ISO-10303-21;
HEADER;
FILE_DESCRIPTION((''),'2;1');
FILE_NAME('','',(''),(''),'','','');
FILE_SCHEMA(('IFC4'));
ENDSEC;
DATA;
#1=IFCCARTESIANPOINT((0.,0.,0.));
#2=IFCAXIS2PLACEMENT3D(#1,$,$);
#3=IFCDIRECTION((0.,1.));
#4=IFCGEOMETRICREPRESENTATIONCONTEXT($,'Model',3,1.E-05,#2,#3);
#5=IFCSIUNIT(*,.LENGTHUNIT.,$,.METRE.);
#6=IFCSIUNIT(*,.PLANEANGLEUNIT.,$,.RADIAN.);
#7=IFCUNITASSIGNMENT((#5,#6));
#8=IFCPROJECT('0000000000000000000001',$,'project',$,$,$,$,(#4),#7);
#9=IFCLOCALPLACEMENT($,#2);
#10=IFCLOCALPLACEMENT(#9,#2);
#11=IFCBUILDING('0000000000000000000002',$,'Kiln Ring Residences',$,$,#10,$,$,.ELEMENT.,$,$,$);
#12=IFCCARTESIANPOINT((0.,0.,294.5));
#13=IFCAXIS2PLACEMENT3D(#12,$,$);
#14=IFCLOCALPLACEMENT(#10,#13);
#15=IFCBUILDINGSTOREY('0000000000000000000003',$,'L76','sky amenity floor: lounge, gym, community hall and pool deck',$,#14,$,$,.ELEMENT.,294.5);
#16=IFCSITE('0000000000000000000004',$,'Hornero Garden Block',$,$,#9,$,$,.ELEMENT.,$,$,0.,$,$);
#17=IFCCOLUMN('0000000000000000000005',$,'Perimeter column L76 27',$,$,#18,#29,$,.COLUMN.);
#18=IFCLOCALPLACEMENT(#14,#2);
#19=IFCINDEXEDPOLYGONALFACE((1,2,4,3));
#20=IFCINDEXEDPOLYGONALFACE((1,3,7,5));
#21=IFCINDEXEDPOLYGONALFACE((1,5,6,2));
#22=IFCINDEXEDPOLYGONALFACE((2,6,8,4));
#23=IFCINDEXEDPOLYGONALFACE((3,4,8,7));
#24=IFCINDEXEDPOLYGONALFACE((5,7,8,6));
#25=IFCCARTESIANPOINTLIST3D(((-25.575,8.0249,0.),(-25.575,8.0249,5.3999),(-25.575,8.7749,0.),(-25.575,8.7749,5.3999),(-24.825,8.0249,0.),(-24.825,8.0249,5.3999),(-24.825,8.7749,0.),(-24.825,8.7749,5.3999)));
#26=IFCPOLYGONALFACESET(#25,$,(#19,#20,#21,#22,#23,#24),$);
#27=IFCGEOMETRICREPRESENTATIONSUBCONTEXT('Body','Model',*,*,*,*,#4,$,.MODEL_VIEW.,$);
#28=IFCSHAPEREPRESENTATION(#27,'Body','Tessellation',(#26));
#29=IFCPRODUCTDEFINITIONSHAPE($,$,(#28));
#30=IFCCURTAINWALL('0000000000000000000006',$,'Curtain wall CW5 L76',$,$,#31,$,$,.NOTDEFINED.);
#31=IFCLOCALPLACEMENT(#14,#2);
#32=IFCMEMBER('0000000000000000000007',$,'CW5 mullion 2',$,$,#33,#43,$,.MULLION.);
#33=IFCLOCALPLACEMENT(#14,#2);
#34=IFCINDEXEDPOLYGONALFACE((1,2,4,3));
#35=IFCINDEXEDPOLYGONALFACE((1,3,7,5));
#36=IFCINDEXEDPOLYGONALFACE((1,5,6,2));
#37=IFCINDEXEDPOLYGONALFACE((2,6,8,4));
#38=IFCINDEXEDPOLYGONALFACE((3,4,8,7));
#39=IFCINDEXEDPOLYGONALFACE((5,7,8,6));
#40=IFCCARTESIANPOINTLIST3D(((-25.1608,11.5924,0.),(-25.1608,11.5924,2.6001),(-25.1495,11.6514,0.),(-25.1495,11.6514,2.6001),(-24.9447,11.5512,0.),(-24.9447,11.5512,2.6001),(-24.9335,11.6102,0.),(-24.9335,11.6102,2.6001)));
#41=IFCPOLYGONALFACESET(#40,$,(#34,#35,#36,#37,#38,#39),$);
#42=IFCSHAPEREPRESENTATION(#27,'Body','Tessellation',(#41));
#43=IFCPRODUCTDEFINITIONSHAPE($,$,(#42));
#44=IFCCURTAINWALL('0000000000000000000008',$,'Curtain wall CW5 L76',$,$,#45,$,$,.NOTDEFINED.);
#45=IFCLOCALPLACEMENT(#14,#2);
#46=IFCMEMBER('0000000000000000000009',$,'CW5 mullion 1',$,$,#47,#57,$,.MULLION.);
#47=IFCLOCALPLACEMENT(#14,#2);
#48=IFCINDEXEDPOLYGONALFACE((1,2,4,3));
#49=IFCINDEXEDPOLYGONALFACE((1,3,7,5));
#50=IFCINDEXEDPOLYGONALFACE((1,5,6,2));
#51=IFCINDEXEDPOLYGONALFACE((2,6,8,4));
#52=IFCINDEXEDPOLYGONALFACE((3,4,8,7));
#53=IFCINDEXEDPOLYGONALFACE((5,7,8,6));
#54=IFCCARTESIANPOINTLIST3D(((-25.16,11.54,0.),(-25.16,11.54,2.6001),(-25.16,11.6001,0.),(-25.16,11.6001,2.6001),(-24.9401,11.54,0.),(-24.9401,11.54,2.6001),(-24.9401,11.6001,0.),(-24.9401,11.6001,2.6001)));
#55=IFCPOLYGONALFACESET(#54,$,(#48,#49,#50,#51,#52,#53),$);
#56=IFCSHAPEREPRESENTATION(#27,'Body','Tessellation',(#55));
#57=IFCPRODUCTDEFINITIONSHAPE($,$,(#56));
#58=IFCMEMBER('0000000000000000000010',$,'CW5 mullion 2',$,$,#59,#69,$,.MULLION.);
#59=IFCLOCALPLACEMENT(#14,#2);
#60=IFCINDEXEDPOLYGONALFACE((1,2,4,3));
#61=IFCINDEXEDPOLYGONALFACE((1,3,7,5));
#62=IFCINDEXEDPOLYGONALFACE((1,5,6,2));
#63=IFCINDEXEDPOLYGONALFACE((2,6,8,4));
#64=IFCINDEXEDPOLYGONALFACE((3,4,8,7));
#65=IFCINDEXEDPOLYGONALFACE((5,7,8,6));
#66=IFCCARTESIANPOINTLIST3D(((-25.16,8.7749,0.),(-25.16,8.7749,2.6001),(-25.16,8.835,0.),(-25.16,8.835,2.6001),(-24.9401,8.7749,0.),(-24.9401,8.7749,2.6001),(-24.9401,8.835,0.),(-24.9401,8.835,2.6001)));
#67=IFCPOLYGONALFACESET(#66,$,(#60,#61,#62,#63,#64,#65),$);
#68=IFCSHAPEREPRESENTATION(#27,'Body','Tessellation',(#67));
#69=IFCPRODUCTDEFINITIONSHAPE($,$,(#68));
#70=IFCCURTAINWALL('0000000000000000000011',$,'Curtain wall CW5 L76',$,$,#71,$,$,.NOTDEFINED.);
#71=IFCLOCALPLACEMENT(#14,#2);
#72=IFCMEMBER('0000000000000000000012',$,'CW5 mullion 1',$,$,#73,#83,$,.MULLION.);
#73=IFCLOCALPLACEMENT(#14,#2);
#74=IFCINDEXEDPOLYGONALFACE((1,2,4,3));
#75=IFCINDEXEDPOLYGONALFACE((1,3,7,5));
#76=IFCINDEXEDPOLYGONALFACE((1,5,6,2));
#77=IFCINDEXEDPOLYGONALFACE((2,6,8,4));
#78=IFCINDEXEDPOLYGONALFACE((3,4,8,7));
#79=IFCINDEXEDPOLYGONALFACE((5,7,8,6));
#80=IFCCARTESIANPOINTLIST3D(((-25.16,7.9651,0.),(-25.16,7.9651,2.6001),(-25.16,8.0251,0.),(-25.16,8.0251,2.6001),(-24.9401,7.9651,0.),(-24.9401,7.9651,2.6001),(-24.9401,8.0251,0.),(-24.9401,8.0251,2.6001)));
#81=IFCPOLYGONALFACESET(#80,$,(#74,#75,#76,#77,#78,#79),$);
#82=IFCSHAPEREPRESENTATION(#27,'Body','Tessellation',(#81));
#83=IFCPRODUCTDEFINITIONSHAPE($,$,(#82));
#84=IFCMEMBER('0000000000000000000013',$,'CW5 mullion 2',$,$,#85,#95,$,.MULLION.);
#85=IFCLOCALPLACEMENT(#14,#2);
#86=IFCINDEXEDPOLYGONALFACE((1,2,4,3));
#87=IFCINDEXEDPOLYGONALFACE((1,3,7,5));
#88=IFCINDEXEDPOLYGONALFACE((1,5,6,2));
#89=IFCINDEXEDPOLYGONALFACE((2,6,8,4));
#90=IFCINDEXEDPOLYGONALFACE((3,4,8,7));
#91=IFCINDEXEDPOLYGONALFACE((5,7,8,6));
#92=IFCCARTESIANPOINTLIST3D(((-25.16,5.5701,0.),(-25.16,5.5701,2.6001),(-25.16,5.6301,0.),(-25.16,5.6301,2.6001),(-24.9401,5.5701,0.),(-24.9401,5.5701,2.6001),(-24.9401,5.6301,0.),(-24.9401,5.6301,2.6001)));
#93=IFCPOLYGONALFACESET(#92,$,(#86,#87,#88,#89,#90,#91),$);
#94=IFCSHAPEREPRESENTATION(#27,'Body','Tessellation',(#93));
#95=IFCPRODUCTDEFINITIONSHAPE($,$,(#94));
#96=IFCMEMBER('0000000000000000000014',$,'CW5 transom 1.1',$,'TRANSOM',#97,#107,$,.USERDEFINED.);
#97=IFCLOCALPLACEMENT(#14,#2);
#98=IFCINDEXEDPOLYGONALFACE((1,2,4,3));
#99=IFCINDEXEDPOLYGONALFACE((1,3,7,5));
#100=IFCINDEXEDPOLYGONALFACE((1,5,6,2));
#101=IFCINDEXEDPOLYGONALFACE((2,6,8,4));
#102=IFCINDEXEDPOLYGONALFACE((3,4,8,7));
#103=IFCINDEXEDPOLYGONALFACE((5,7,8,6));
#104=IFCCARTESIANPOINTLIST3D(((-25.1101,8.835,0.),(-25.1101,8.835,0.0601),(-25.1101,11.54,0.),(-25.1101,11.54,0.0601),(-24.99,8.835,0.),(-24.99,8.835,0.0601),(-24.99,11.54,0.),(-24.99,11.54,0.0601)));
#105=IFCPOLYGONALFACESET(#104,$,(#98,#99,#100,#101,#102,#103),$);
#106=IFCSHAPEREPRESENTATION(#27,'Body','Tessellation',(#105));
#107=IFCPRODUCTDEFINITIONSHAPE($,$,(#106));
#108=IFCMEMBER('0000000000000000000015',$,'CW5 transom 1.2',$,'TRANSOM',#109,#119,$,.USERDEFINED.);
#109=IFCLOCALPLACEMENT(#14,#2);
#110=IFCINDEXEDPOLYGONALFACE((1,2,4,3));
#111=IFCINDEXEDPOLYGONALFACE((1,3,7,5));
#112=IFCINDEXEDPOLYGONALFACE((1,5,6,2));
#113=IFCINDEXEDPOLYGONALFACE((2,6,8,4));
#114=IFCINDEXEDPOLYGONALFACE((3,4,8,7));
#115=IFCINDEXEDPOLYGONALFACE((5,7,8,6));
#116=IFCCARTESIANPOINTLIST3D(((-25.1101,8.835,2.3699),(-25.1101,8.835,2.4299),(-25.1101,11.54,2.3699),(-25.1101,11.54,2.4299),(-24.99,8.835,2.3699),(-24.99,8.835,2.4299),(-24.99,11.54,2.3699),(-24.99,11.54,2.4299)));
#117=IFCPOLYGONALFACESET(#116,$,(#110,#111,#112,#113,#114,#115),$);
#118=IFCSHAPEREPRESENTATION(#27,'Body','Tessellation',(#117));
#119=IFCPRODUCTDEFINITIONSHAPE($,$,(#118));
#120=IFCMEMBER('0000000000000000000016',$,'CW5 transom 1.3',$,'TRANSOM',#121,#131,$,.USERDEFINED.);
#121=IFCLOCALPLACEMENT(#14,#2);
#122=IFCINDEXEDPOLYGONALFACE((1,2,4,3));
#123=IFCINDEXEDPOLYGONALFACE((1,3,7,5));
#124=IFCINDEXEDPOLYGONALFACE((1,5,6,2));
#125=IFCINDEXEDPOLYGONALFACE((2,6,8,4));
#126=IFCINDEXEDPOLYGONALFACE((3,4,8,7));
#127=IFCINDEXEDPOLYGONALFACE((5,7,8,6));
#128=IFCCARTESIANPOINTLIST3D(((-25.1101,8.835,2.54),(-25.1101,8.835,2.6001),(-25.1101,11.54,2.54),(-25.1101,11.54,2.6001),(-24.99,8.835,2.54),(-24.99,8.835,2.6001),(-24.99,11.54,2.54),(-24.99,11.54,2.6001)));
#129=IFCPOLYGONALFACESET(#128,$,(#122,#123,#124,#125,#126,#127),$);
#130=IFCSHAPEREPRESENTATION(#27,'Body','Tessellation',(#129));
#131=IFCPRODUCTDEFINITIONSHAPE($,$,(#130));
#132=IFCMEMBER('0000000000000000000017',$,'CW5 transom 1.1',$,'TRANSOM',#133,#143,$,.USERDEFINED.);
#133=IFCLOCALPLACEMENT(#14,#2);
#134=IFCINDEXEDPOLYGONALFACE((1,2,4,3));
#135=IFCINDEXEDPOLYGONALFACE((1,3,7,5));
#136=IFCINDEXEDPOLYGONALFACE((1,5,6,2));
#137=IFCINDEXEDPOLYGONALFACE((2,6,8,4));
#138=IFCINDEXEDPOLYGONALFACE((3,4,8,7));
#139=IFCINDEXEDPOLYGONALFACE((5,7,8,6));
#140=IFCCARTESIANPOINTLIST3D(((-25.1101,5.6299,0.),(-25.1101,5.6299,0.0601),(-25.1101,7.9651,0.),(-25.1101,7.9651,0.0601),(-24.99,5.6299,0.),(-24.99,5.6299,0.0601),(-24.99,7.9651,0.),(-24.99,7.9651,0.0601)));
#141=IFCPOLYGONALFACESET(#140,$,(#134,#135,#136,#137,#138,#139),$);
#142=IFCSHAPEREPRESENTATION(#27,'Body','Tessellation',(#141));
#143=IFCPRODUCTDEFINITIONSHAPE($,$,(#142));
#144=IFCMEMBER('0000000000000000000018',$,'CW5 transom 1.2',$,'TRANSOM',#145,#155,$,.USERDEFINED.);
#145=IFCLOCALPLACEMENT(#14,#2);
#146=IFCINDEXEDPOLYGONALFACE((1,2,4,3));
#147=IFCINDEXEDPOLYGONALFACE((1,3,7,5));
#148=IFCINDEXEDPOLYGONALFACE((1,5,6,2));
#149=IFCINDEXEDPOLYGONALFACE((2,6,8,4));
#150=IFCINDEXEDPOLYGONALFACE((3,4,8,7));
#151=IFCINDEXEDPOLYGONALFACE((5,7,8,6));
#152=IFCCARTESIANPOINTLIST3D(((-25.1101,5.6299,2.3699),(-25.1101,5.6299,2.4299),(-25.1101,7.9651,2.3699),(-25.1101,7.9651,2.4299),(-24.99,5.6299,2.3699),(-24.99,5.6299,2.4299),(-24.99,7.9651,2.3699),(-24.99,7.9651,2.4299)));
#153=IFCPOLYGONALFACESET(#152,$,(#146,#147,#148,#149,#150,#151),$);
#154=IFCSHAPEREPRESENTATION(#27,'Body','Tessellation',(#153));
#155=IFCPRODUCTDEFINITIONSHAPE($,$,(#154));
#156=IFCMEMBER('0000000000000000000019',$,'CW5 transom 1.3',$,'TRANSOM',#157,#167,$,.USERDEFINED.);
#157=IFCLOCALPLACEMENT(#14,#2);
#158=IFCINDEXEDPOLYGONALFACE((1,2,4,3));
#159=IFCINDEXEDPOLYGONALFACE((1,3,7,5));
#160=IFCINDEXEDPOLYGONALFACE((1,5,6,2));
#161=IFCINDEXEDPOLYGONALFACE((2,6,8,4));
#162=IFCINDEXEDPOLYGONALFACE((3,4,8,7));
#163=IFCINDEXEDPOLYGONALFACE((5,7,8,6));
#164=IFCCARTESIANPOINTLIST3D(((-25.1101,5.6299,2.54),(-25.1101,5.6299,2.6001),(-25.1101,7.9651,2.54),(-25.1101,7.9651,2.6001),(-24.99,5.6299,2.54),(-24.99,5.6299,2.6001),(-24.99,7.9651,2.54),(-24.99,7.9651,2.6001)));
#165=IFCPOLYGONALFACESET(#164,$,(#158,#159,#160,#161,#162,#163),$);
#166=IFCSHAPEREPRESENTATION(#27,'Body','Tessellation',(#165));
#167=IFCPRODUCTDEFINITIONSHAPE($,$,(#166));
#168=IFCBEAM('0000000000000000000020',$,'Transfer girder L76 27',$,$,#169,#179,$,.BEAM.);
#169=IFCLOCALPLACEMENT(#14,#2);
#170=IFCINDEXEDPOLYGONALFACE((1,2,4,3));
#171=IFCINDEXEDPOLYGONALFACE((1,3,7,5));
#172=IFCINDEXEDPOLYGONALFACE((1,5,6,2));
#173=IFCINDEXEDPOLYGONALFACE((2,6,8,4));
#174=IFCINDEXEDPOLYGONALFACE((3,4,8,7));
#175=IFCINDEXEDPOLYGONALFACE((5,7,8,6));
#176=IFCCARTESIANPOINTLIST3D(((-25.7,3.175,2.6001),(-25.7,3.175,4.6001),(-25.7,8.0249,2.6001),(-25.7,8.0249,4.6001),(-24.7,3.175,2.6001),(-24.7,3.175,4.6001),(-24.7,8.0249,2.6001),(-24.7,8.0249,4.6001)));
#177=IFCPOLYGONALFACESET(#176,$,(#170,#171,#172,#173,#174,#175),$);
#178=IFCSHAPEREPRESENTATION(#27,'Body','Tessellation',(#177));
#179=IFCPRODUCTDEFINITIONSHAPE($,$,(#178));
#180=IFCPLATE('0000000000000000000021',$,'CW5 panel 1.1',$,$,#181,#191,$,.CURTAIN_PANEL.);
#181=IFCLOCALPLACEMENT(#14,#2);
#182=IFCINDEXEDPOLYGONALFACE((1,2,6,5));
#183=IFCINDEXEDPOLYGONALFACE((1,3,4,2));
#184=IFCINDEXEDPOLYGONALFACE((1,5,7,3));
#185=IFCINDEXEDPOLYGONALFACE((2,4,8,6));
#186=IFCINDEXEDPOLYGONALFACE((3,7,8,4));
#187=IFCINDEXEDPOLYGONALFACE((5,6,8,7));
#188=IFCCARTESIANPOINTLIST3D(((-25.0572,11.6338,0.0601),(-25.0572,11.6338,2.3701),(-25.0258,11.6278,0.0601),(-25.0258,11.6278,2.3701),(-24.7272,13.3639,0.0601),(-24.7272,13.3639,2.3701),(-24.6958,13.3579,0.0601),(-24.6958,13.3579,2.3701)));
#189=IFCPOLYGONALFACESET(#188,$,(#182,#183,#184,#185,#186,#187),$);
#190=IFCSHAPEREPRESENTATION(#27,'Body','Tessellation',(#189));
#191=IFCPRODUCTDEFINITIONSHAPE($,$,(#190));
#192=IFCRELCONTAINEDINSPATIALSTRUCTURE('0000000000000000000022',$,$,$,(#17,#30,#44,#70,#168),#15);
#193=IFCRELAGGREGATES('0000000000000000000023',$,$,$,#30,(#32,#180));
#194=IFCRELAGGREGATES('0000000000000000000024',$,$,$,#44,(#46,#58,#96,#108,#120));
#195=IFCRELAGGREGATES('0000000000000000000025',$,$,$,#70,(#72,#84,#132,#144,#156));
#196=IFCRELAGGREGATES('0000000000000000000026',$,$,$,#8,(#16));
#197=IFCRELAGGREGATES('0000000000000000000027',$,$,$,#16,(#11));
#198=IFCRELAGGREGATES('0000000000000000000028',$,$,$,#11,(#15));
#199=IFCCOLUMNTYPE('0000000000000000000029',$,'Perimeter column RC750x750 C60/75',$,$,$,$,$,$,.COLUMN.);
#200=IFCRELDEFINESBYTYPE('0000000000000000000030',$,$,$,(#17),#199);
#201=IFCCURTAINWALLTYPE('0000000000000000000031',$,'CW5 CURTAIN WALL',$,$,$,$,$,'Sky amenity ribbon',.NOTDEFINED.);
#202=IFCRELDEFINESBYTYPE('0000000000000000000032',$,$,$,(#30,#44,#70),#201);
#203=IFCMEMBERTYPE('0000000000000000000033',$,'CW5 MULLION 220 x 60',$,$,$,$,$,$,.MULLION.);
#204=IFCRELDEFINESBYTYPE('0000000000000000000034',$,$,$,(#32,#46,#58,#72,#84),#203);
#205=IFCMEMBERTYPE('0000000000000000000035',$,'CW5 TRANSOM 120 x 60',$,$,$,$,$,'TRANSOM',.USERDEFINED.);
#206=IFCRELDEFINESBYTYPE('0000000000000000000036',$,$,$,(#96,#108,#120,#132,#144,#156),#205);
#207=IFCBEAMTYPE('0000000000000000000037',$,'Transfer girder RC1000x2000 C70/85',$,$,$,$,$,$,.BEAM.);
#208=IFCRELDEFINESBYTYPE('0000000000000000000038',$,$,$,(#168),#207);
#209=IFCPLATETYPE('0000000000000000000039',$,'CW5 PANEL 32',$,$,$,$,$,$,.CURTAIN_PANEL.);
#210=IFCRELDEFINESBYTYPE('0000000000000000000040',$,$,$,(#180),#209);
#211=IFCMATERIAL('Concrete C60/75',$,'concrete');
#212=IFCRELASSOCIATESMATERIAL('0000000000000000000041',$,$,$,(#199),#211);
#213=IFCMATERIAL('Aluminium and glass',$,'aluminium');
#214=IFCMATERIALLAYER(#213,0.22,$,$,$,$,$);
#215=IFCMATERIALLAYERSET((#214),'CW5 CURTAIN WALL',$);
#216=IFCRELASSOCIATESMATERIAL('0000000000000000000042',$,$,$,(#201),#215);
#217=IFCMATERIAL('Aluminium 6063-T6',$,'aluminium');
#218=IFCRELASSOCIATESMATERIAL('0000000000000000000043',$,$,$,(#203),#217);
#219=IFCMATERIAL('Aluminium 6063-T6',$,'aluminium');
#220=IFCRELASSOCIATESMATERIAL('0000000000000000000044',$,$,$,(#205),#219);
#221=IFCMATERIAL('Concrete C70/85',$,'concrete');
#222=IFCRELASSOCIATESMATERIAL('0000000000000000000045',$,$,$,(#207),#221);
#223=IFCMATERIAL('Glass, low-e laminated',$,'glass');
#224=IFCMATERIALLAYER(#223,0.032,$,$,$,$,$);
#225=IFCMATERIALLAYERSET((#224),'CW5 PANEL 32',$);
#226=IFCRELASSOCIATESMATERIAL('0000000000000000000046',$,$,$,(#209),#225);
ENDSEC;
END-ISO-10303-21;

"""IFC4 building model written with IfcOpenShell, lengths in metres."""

from ifc_helpers import new_model, si_unit, direction, frame, origin, origin_2d, place, context, subcontext, project, spatial, rectangle, extrude, material, layer, layer_set, material_profile, profile_set, type_object, element, aggregate, save


model = new_model("IFC4")

# Units and contexts
model_context = context("Model", 3, precision=1e-05, world=origin(), true_north=direction((0.0, 1.0)))
body_context = subcontext(model_context, "Body", "Model", "MODEL_VIEW")
ifc_project = project(units=[si_unit("LENGTHUNIT", "METRE"), si_unit("PLANEANGLEUNIT", "RADIAN")], contexts=[model_context])

# Site, building, storey
site_placement = place(None, origin())
site = spatial("IfcSite", under=ifc_project, at=site_placement, Name="Hornero Garden Block", CompositionType="ELEMENT", RefElevation=0.0)
building_placement = place(site_placement, origin())
building = spatial("IfcBuilding", under=site, at=building_placement, Name="Kiln Ring Residences", CompositionType="ELEMENT")
storey_placement = place(building_placement, frame((0.0, 0.0, 294.5)))
storey = spatial("IfcBuildingStorey", under=building, at=storey_placement, Name="L76", Description="sky amenity floor: lounge, gym, community hall and pool deck", CompositionType="ELEMENT", Elevation=294.5)

# Column
ifc_material_1 = material(Name="Concrete C60/75", Category="concrete")
ifc_material_profile_1 = material_profile(ifc_material_1, rectangle(XDim=0.75, YDim=0.75, at=origin_2d()), Name="RC750x750")
ifc_profile_set_1 = profile_set([ifc_material_profile_1], Name="Concrete C60/75")
column_type = type_object("IfcColumnType", Name="Perimeter column RC750x750 C60/75", PredefinedType="COLUMN", material=ifc_profile_set_1)
column_placement = place(storey_placement, frame((-25.2, 8.3999, 0.0), z_axis=(0.0, 0.0, 1.0), x_axis=(1.0, 0.0, 0.0)))
element("IfcColumn", 1, at=column_placement, inside=storey, type_object=column_type, Name="Perimeter column L76 27", PredefinedType="COLUMN", context=body_context, shape_type="SweptSolid", body=[
    extrude(rectangle(XDim=0.75, YDim=0.75, at=origin_2d()), origin(), (0.0, 0.0, 1.0), 5.3999),
])

# Curtain wall, member
ifc_material_2 = material(Name="Aluminium and glass", Category="aluminium")
ifc_layer_1 = layer(ifc_material_2, 0.22)
ifc_layer_set_1 = layer_set([ifc_layer_1], Name="CW5 CURTAIN WALL")
curtain_wall_type = type_object("IfcCurtainWallType", Name="CW5 CURTAIN WALL", ElementType="Sky amenity ribbon", PredefinedType="NOTDEFINED", material=ifc_layer_set_1)
placement = place(storey_placement, origin())
curtain_wall_1 = element("IfcCurtainWall", 2, at=placement, inside=storey, type_object=curtain_wall_type, Name="Curtain wall CW5 L76", PredefinedType="NOTDEFINED")
ifc_material_3 = material(Name="Aluminium 6063-T6", Category="aluminium")
ifc_material_profile_2 = material_profile(ifc_material_3, rectangle(XDim=0.22, YDim=0.0601, at=origin_2d()), Name="AL 220x60")
ifc_profile_set_2 = profile_set([ifc_material_profile_2], Name="Aluminium 6063-T6")
member_type_1 = type_object("IfcMemberType", Name="CW5 MULLION 220 x 60", PredefinedType="MULLION", material=ifc_profile_set_2)
member_1_placement = place(storey_placement, frame((-25.0471, 11.6013, 0.0), z_axis=(0.0, 0.0, 1.0), x_axis=(0.98229, -0.187366, 0.0)))
member_1 = element("IfcMember", 3, at=member_1_placement, type_object=member_type_1, Name="CW5 mullion 2", PredefinedType="MULLION", context=body_context, shape_type="SweptSolid", body=[
    extrude(rectangle(XDim=0.22, YDim=0.0601, at=origin_2d()), origin(), (0.0, 0.0, 1.0), 2.6001),
])

# Curtain walls, members
curtain_wall_2 = element("IfcCurtainWall", 4, at=placement, inside=storey, type_object=curtain_wall_type, Name="Curtain wall CW5 L76", PredefinedType="NOTDEFINED")
member_2_placement = place(storey_placement, frame((-25.05, 11.5701, 0.0), z_axis=(0.0, 0.0, 1.0), x_axis=(1.0, 0.0, 0.0)))
member_2 = element("IfcMember", 5, at=member_2_placement, type_object=member_type_1, Name="CW5 mullion 1", PredefinedType="MULLION", context=body_context, shape_type="SweptSolid", body=[
    extrude(rectangle(XDim=0.22, YDim=0.0601, at=origin_2d()), origin(), (0.0, 0.0, 1.0), 2.6001),
])
member_3_placement = place(storey_placement, frame((-25.05, 8.8049, 0.0), z_axis=(0.0, 0.0, 1.0), x_axis=(1.0, 0.0, 0.0)))
member_3 = element("IfcMember", 6, at=member_3_placement, type_object=member_type_1, Name="CW5 mullion 2", PredefinedType="MULLION", context=body_context, shape_type="SweptSolid", body=[
    extrude(rectangle(XDim=0.22, YDim=0.0601, at=origin_2d()), origin(), (0.0, 0.0, 1.0), 2.6001),
])
curtain_wall_3 = element("IfcCurtainWall", 7, at=placement, inside=storey, type_object=curtain_wall_type, Name="Curtain wall CW5 L76", PredefinedType="NOTDEFINED")
member_4_placement = place(storey_placement, frame((-25.05, 7.9951, 0.0), z_axis=(0.0, 0.0, 1.0), x_axis=(1.0, 0.0, 0.0)))
member_4 = element("IfcMember", 8, at=member_4_placement, type_object=member_type_1, Name="CW5 mullion 1", PredefinedType="MULLION", context=body_context, shape_type="SweptSolid", body=[
    extrude(rectangle(XDim=0.22, YDim=0.0601, at=origin_2d()), origin(), (0.0, 0.0, 1.0), 2.6001),
])
member_5_placement = place(storey_placement, frame((-25.05, 5.6001, 0.0), z_axis=(0.0, 0.0, 1.0), x_axis=(1.0, 0.0, 0.0)))
member_5 = element("IfcMember", 9, at=member_5_placement, type_object=member_type_1, Name="CW5 mullion 2", PredefinedType="MULLION", context=body_context, shape_type="SweptSolid", body=[
    extrude(rectangle(XDim=0.22, YDim=0.0601, at=origin_2d()), origin(), (0.0, 0.0, 1.0), 2.6001),
])

# Members
ifc_material_4 = material(Name="Aluminium 6063-T6", Category="aluminium")
ifc_material_profile_3 = material_profile(ifc_material_4, rectangle(XDim=0.1201, YDim=0.0601, at=origin_2d()), Name="AL 120x60")
ifc_profile_set_3 = profile_set([ifc_material_profile_3], Name="Aluminium 6063-T6")
member_type_2 = type_object("IfcMemberType", Name="CW5 TRANSOM 120 x 60", ElementType="TRANSOM", PredefinedType="USERDEFINED", material=ifc_profile_set_3)
member_6_placement = place(storey_placement, frame((-25.05, 11.54, 0.03), z_axis=(0.0, -1.0, 0.0), x_axis=(1.0, 0.0, 0.0)))
member_6 = element("IfcMember", 10, at=member_6_placement, type_object=member_type_2, Name="CW5 transom 1.1", ObjectType="TRANSOM", PredefinedType="USERDEFINED", context=body_context, shape_type="SweptSolid", body=[
    extrude(rectangle(XDim=0.1201, YDim=0.0601, at=origin_2d()), origin(), (0.0, 0.0, 1.0), 2.7051),
])
member_7_placement = place(storey_placement, frame((-25.05, 11.54, 2.3999), z_axis=(0.0, -1.0, 0.0), x_axis=(1.0, 0.0, 0.0)))
member_7 = element("IfcMember", 11, at=member_7_placement, type_object=member_type_2, Name="CW5 transom 1.2", ObjectType="TRANSOM", PredefinedType="USERDEFINED", context=body_context, shape_type="SweptSolid", body=[
    extrude(rectangle(XDim=0.1201, YDim=0.0601, at=origin_2d()), origin(), (0.0, 0.0, 1.0), 2.7051),
])
member_8_placement = place(storey_placement, frame((-25.05, 11.54, 2.5701), z_axis=(0.0, -1.0, 0.0), x_axis=(1.0, 0.0, 0.0)))
member_8 = element("IfcMember", 12, at=member_8_placement, type_object=member_type_2, Name="CW5 transom 1.3", ObjectType="TRANSOM", PredefinedType="USERDEFINED", context=body_context, shape_type="SweptSolid", body=[
    extrude(rectangle(XDim=0.1201, YDim=0.0601, at=origin_2d()), origin(), (0.0, 0.0, 1.0), 2.7051),
])
member_9_placement = place(storey_placement, frame((-25.05, 7.9651, 0.03), z_axis=(0.0, -1.0, 0.0), x_axis=(1.0, 0.0, 0.0)))
member_9 = element("IfcMember", 13, at=member_9_placement, type_object=member_type_2, Name="CW5 transom 1.1", ObjectType="TRANSOM", PredefinedType="USERDEFINED", context=body_context, shape_type="SweptSolid", body=[
    extrude(rectangle(XDim=0.1201, YDim=0.0601, at=origin_2d()), origin(), (0.0, 0.0, 1.0), 2.3352),
])
member_10_placement = place(storey_placement, frame((-25.05, 7.9651, 2.3999), z_axis=(0.0, -1.0, 0.0), x_axis=(1.0, 0.0, 0.0)))
member_10 = element("IfcMember", 14, at=member_10_placement, type_object=member_type_2, Name="CW5 transom 1.2", ObjectType="TRANSOM", PredefinedType="USERDEFINED", context=body_context, shape_type="SweptSolid", body=[
    extrude(rectangle(XDim=0.1201, YDim=0.0601, at=origin_2d()), origin(), (0.0, 0.0, 1.0), 2.3352),
])
member_11_placement = place(storey_placement, frame((-25.05, 7.9651, 2.5701), z_axis=(0.0, -1.0, 0.0), x_axis=(1.0, 0.0, 0.0)))
member_11 = element("IfcMember", 15, at=member_11_placement, type_object=member_type_2, Name="CW5 transom 1.3", ObjectType="TRANSOM", PredefinedType="USERDEFINED", context=body_context, shape_type="SweptSolid", body=[
    extrude(rectangle(XDim=0.1201, YDim=0.0601, at=origin_2d()), origin(), (0.0, 0.0, 1.0), 2.3352),
])

# Beam
ifc_material_5 = material(Name="Concrete C70/85", Category="concrete")
ifc_material_profile_4 = material_profile(ifc_material_5, rectangle(XDim=1.0, YDim=2.0, at=origin_2d()), Name="RC1000x2000")
ifc_profile_set_4 = profile_set([ifc_material_profile_4], Name="Concrete C70/85")
beam_type = type_object("IfcBeamType", Name="Transfer girder RC1000x2000 C70/85", PredefinedType="BEAM", material=ifc_profile_set_4)
beam_placement = place(storey_placement, frame((-25.2, 8.0249, 3.6001), z_axis=(0.0, -1.0, 0.0), x_axis=(1.0, 0.0, 0.0)))
element("IfcBeam", 16, at=beam_placement, inside=storey, type_object=beam_type, Name="Transfer girder L76 27", PredefinedType="BEAM", context=body_context, shape_type="SweptSolid", body=[
    extrude(rectangle(XDim=1.0, YDim=2.0, at=origin_2d()), origin(), (0.0, 0.0, 1.0), 4.8499),
])

# Plate
ifc_material_6 = material(Name="Glass, low-e laminated", Category="glass")
ifc_layer_2 = layer(ifc_material_6, 0.032)
ifc_layer_set_2 = layer_set([ifc_layer_2], Name="CW5 PANEL 32")
plate_type = type_object("IfcPlateType", Name="CW5 PANEL 32", PredefinedType="CURTAIN_PANEL", material=ifc_layer_set_2)
plate_1_placement = place(storey_placement, frame((-24.8765, 12.4958, 0.0601), z_axis=(0.0, 0.0, 1.0), x_axis=(-0.187366, -0.98229, 0.0)))
plate_1 = element("IfcPlate", 17, at=plate_1_placement, type_object=plate_type, Name="CW5 panel 1.1", PredefinedType="CURTAIN_PANEL", context=body_context, shape_type="SweptSolid", body=[
    extrude(rectangle(XDim=1.7612, YDim=0.032, at=origin_2d()), origin(), (0.0, 0.0, 1.0), 2.3101),
])
aggregate(curtain_wall_1, [member_1, plate_1])
aggregate(curtain_wall_2, [member_2, member_3, member_6, member_7, member_8])
aggregate(curtain_wall_3, [member_4, member_5, member_9, member_10, member_11])

save(model, "model.ifc")
